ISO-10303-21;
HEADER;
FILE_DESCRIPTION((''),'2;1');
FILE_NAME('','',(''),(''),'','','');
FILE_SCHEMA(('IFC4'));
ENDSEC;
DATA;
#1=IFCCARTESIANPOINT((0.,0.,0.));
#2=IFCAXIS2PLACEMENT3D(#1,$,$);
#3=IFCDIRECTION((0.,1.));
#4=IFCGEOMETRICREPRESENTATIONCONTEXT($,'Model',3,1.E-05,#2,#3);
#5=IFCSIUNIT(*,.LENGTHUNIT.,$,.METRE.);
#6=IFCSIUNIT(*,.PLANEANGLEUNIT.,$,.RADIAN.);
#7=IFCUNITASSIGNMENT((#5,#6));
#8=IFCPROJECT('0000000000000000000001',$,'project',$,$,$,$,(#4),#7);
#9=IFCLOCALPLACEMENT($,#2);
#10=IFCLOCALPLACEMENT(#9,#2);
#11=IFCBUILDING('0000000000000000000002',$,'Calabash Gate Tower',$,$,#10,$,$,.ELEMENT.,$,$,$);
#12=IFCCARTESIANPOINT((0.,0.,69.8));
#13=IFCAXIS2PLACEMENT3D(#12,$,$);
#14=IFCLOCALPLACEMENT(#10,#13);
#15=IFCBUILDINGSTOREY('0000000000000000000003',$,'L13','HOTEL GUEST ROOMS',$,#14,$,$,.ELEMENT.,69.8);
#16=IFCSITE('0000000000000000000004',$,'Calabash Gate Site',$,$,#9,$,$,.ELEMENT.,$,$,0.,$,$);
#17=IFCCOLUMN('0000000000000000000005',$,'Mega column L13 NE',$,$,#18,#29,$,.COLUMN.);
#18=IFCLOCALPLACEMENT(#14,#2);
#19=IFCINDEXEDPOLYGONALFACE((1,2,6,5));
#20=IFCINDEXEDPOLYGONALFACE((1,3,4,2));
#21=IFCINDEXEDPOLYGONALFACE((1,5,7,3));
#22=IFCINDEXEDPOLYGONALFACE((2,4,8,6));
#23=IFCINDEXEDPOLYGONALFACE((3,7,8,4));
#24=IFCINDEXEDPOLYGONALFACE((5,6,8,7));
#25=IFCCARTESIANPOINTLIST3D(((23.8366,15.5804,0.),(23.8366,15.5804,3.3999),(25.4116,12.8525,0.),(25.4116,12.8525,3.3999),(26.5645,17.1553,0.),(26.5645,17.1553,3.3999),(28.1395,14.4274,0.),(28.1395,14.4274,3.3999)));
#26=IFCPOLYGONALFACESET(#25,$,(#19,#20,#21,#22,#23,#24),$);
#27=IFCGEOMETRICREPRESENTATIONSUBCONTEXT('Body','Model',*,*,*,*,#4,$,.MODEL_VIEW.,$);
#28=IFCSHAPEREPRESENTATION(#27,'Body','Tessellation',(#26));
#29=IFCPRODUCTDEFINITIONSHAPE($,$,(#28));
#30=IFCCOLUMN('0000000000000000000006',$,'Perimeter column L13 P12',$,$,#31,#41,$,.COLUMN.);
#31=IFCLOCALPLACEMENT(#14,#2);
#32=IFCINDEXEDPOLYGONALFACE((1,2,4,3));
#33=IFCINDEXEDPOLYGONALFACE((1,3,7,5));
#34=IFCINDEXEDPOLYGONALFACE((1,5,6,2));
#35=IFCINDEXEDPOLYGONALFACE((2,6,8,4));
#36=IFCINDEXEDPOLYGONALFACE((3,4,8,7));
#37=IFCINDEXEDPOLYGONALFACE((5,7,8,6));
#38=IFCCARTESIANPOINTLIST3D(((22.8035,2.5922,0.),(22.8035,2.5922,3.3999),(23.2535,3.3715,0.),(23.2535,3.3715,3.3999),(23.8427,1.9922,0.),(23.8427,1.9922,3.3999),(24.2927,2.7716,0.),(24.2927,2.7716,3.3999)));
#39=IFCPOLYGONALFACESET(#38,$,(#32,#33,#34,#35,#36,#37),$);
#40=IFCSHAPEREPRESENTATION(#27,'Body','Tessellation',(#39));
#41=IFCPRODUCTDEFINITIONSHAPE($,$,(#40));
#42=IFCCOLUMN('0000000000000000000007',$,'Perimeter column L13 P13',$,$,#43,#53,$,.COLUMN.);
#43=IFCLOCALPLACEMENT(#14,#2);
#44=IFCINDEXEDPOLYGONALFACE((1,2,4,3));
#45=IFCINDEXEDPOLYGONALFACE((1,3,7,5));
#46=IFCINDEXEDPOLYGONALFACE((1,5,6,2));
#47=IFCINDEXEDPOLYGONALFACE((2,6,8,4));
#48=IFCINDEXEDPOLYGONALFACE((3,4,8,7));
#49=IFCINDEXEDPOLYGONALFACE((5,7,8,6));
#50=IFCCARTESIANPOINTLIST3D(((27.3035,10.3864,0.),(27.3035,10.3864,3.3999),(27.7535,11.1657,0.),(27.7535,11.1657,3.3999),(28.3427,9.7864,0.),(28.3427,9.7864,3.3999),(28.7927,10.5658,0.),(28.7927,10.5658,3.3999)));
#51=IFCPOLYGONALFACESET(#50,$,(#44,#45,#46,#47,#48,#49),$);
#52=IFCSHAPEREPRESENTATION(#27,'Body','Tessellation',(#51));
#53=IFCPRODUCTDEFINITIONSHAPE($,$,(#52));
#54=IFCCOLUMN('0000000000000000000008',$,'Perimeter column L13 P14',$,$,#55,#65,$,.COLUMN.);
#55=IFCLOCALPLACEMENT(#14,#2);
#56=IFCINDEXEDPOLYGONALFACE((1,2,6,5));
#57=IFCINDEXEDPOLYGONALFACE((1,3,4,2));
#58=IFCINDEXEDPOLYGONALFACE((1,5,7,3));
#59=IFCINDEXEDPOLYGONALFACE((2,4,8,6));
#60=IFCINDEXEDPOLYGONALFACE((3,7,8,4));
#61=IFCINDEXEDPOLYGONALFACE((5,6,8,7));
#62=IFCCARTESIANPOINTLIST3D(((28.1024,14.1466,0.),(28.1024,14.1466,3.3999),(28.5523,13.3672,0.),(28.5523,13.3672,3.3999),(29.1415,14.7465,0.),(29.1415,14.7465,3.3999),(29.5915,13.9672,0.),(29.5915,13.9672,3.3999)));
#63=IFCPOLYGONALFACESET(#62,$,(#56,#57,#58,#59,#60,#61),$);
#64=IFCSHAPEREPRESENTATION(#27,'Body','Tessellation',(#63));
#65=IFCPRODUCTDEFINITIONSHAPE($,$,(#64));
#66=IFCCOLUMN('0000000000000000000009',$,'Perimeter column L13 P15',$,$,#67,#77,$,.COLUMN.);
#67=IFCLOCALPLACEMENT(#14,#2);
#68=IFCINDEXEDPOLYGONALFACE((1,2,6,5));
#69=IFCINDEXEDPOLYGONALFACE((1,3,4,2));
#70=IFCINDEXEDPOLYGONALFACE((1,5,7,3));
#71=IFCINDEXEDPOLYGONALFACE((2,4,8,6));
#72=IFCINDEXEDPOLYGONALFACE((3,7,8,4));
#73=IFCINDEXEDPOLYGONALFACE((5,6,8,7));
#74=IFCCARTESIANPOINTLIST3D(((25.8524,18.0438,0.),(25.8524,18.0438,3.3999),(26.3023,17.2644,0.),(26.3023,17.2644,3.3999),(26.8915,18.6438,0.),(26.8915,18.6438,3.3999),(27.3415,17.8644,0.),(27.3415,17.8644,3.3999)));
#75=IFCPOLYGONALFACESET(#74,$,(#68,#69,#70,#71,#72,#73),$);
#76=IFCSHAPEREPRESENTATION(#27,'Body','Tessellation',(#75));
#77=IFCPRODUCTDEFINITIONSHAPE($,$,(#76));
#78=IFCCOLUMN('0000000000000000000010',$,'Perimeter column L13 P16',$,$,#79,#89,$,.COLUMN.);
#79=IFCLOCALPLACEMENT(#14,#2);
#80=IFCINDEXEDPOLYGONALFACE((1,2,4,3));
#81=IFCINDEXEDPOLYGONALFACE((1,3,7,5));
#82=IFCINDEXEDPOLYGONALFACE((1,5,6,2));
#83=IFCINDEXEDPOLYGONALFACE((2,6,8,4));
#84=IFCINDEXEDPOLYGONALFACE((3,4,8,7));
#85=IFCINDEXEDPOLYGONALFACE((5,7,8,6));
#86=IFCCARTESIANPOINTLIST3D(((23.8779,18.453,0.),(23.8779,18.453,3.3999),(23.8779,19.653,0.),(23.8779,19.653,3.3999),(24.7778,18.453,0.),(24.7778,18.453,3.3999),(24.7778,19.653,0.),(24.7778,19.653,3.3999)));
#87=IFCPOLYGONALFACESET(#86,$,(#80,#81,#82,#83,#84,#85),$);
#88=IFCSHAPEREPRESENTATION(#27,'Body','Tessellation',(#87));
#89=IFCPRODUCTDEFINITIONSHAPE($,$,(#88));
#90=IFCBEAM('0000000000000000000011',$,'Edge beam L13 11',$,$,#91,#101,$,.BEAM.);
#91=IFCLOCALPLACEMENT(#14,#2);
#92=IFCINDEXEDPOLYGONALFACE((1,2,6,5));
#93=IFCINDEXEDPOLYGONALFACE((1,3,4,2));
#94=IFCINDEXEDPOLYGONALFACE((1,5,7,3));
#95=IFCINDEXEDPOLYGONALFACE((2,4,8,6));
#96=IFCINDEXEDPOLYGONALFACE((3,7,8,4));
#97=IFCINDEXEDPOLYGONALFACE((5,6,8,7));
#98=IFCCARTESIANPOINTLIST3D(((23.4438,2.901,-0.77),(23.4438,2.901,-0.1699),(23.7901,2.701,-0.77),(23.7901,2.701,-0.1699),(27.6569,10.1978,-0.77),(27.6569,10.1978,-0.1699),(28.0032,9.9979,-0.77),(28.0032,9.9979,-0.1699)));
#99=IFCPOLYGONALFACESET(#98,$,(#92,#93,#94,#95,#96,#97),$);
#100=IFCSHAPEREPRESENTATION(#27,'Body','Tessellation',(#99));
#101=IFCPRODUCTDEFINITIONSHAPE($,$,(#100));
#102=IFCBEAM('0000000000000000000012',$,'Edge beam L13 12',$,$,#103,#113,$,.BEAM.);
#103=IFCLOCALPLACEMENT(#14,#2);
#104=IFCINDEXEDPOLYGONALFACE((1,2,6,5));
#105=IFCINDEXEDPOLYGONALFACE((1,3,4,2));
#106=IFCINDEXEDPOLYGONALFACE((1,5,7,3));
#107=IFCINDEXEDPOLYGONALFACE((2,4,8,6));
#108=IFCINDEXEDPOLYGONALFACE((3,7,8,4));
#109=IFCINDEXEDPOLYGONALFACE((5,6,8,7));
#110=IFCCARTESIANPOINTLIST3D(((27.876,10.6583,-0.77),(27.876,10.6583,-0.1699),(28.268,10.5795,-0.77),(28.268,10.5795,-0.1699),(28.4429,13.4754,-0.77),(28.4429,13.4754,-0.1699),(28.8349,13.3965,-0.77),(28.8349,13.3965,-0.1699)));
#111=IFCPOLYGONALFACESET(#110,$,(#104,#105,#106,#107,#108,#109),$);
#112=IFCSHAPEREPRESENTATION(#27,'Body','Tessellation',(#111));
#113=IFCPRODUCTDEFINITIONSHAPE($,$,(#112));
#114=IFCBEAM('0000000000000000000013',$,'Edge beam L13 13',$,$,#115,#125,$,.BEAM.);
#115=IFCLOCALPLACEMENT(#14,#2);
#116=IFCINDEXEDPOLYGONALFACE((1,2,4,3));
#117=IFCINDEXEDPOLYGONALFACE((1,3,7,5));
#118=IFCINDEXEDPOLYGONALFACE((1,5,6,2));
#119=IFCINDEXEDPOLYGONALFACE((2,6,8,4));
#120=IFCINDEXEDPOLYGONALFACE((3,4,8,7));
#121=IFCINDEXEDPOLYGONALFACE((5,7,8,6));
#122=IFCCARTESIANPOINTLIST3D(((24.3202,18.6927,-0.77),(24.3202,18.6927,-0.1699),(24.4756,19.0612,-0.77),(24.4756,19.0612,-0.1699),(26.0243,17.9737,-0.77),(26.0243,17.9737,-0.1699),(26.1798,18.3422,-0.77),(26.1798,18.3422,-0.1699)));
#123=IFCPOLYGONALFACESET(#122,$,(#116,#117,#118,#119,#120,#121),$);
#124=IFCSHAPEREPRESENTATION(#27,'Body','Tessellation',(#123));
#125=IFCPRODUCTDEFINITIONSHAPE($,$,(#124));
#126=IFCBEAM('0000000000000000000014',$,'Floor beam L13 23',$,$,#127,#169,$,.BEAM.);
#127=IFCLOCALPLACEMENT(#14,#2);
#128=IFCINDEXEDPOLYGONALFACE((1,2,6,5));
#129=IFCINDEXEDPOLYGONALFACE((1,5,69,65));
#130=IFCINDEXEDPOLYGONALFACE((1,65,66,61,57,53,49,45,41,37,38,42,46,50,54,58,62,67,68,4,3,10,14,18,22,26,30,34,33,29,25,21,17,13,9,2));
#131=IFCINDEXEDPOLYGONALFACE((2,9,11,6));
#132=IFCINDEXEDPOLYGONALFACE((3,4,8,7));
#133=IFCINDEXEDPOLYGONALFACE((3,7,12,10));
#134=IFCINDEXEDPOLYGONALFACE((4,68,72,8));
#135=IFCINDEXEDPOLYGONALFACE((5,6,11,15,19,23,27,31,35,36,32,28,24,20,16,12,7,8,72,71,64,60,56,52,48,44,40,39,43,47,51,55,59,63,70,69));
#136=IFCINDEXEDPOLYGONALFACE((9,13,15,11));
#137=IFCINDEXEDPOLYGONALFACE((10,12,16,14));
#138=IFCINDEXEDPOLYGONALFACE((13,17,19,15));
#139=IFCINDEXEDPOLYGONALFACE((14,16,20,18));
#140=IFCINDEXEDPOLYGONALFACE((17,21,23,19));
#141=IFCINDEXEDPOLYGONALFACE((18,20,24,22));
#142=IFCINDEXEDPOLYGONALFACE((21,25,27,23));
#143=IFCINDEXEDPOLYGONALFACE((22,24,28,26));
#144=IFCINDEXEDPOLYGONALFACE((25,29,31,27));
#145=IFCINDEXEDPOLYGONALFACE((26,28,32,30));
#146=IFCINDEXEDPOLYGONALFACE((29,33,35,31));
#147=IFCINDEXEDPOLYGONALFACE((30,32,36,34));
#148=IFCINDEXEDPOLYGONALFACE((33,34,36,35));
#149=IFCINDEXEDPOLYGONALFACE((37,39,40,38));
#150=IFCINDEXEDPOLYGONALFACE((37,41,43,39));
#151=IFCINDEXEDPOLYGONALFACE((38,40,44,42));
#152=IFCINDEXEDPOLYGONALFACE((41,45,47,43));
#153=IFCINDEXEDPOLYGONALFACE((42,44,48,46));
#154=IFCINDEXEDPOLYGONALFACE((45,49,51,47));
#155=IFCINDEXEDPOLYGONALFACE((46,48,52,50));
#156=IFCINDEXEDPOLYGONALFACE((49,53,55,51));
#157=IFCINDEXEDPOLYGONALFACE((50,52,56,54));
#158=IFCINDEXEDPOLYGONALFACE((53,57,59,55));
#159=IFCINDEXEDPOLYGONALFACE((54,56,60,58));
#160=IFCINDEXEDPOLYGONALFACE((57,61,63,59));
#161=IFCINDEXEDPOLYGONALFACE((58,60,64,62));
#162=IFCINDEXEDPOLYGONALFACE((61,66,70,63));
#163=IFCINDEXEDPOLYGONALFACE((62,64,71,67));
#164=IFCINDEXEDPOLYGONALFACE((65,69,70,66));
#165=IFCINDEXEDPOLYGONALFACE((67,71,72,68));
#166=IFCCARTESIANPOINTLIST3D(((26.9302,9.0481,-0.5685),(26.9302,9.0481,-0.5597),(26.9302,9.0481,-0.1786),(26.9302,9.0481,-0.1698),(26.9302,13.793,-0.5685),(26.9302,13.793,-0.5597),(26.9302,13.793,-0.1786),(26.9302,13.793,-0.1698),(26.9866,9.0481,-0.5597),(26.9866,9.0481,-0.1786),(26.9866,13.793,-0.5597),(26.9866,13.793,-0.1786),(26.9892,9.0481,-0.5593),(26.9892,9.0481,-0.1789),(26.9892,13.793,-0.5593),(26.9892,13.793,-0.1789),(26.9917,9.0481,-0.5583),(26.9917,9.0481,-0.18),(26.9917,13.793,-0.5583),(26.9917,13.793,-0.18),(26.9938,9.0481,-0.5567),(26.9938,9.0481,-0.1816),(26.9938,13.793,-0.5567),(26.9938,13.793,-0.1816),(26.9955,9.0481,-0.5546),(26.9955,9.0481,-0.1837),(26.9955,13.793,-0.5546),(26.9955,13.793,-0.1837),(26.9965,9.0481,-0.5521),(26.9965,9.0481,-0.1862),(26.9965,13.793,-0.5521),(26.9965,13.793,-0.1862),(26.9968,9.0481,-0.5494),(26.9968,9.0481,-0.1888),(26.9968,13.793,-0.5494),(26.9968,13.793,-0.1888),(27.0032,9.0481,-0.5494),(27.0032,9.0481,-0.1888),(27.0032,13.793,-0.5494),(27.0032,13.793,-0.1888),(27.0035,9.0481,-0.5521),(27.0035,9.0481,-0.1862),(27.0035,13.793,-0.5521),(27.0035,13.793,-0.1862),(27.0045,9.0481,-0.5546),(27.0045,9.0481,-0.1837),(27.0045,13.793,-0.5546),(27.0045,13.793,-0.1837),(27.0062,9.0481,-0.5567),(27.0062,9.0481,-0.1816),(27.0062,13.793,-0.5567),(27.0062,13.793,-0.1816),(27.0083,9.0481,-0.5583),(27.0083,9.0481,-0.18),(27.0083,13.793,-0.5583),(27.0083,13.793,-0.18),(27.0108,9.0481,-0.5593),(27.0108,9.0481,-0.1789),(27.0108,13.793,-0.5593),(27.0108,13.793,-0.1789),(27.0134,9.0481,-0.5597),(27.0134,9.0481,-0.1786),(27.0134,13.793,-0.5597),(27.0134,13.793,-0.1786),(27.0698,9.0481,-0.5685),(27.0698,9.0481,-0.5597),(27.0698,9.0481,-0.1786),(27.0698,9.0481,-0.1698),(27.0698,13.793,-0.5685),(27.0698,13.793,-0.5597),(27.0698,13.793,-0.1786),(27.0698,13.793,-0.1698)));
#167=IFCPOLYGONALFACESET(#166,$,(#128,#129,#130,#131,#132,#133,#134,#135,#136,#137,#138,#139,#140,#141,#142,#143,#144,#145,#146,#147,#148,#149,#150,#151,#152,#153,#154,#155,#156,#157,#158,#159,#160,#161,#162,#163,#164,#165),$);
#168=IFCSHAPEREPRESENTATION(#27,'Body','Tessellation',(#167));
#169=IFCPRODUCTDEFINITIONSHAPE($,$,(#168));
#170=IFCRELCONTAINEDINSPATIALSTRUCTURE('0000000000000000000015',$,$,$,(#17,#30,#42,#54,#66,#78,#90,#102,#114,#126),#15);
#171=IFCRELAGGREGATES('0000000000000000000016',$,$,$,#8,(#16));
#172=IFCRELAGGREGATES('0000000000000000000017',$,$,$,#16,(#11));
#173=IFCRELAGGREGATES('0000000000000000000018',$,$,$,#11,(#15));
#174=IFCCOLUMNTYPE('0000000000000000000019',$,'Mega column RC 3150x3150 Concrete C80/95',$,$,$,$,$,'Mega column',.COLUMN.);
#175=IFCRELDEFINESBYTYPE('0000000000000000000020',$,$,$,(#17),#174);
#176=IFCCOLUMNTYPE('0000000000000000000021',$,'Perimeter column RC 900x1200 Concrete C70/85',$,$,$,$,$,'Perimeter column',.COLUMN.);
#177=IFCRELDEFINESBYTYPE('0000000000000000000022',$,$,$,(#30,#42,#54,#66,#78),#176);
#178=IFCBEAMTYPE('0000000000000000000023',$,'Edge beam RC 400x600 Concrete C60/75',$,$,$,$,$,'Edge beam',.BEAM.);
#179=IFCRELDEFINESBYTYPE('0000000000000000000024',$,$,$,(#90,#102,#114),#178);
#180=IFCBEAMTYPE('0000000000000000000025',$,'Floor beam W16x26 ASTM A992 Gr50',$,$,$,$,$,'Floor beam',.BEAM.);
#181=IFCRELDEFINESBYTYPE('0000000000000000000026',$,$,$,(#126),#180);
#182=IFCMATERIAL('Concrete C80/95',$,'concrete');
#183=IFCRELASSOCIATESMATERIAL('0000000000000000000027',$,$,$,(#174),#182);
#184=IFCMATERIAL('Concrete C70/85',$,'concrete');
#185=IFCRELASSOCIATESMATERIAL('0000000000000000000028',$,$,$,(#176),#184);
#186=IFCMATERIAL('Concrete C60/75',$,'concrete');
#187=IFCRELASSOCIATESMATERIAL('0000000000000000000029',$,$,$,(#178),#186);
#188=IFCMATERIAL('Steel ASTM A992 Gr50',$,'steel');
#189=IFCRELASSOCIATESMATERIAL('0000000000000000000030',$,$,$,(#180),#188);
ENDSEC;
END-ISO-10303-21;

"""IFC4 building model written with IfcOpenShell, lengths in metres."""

from ifc_helpers import new_model, si_unit, direction, frame, origin, origin_2d, place, context, subcontext, project, spatial, rectangle, i_section, extrude, material, material_profile, profile_set, type_object, element, save


model = new_model("IFC4")

# Units and contexts
model_context = context("Model", 3, precision=1e-05, world=origin(), true_north=direction((0.0, 1.0)))
body_context = subcontext(model_context, "Body", "Model", "MODEL_VIEW")
ifc_project = project(units=[si_unit("LENGTHUNIT", "METRE"), si_unit("PLANEANGLEUNIT", "RADIAN")], contexts=[model_context])

# Site, building, storey
site_placement = place(None, origin())
site = spatial("IfcSite", under=ifc_project, at=site_placement, Name="Calabash Gate Site", CompositionType="ELEMENT", RefElevation=0.0)
building_placement = place(site_placement, origin())
building = spatial("IfcBuilding", under=site, at=building_placement, Name="Calabash Gate Tower", CompositionType="ELEMENT")
storey_placement = place(building_placement, frame((0.0, 0.0, 69.8)))
storey = spatial("IfcBuildingStorey", under=building, at=storey_placement, Name="L13", Description="HOTEL GUEST ROOMS", CompositionType="ELEMENT", Elevation=69.8)

# Columns
ifc_material_1 = material(Name="Concrete C80/95", Category="concrete")
ifc_material_profile_1 = material_profile(ifc_material_1, rectangle(XDim=3.1499, YDim=3.1499, at=origin_2d()))
ifc_profile_set_1 = profile_set([ifc_material_profile_1], Name="Concrete C80/95")
column_type_1 = type_object("IfcColumnType", Name="Mega column RC 3150x3150 Concrete C80/95", ElementType="Mega column", PredefinedType="COLUMN", material=ifc_profile_set_1)
column_placement = place(storey_placement, frame((25.988, 15.0039, 0.0), z_axis=(0.0, 0.0, 1.0), x_axis=(-0.866025, -0.5, 0.0)))
element("IfcColumn", 1, at=column_placement, inside=storey, type_object=column_type_1, Name="Mega column L13 NE", PredefinedType="COLUMN", context=body_context, shape_type="SweptSolid", body=[
    extrude(rectangle(XDim=3.1499, YDim=3.1499, at=origin_2d()), origin(), (0.0, 0.0, 1.0), 3.3999),
])
ifc_material_2 = material(Name="Concrete C70/85", Category="concrete")
ifc_material_profile_2 = material_profile(ifc_material_2, rectangle(XDim=0.8999, YDim=1.2, at=origin_2d()))
ifc_profile_set_2 = profile_set([ifc_material_profile_2], Name="Concrete C70/85")
column_type_2 = type_object("IfcColumnType", Name="Perimeter column RC 900x1200 Concrete C70/85", ElementType="Perimeter column", PredefinedType="COLUMN", material=ifc_profile_set_2)
for number, where, z_axis, x_axis, name in (
    (2, (23.5481, 2.6819, 0.0), (0.0, 0.0, 1.0), (0.5, 0.866025, 0.0), "Perimeter column L13 P12"),
    (3, (28.0481, 10.4761, 0.0), (0.0, 0.0, 1.0), (0.5, 0.866025, 0.0), "Perimeter column L13 P13"),
    (4, (28.8469, 14.0569, 0.0), (0.0, 0.0, 1.0), (-0.5, 0.866025, 0.0), "Perimeter column L13 P14"),
    (5, (26.5969, 17.9541, 0.0), (0.0, 0.0, 1.0), (-0.5, 0.866025, 0.0), "Perimeter column L13 P15"),
    (6, (24.3279, 19.053, 0.0), (0.0, 0.0, 1.0), (-1.0, 0.0, 0.0), "Perimeter column L13 P16"),
):
    element("IfcColumn", number, at=place(storey_placement, frame(where, z_axis=z_axis, x_axis=x_axis)), inside=storey, type_object=column_type_2, Name=name, PredefinedType="COLUMN", context=body_context, shape_type="SweptSolid", body=[
        extrude(rectangle(XDim=0.8999, YDim=1.2, at=origin_2d()), origin(), (0.0, 0.0, 1.0), 3.3999),
    ])

# Beams
ifc_material_3 = material(Name="Concrete C60/75", Category="concrete")
ifc_material_profile_3 = material_profile(ifc_material_3, rectangle(XDim=0.3999, YDim=0.6001, at=origin_2d()))
ifc_profile_set_3 = profile_set([ifc_material_profile_3], Name="Concrete C60/75")
beam_type_1 = type_object("IfcBeamType", Name="Edge beam RC 400x600 Concrete C60/75", ElementType="Edge beam", PredefinedType="BEAM", material=ifc_profile_set_3)
beam_1_placement = place(storey_placement, frame((23.6169, 2.801, -0.47), z_axis=(0.500025, 0.866011, 0.0), x_axis=(-0.866011, 0.500025, 0.0)))
element("IfcBeam", 7, at=beam_1_placement, inside=storey, type_object=beam_type_1, Name="Edge beam L13 11", PredefinedType="BEAM", context=body_context, shape_type="SweptSolid", body=[
    extrude(rectangle(XDim=0.3999, YDim=0.6001, at=origin_2d()), origin(), (0.0, 0.0, 1.0), 8.4258),
])
beam_2_placement = place(storey_placement, frame((28.072, 10.6189, -0.47), z_axis=(0.197276, 0.980348, 0.0), x_axis=(-0.980348, 0.197276, 0.0)))
element("IfcBeam", 8, at=beam_2_placement, inside=storey, type_object=beam_type_1, Name="Edge beam L13 12", PredefinedType="BEAM", context=body_context, shape_type="SweptSolid", body=[
    extrude(rectangle(XDim=0.3999, YDim=0.6001, at=origin_2d()), origin(), (0.0, 0.0, 1.0), 2.8735),
])
beam_3_placement = place(storey_placement, frame((26.1021, 18.158, -0.47), z_axis=(-0.921349, 0.388736, 0.0), x_axis=(-0.388736, -0.921349, 0.0)))
element("IfcBeam", 9, at=beam_3_placement, inside=storey, type_object=beam_type_1, Name="Edge beam L13 13", PredefinedType="BEAM", context=body_context, shape_type="SweptSolid", body=[
    extrude(rectangle(XDim=0.3999, YDim=0.6001, at=origin_2d()), origin(), (0.0, 0.0, 1.0), 1.8496),
])
ifc_material_4 = material(Name="Steel ASTM A992 Gr50", Category="steel")
ifc_material_profile_4 = material_profile(ifc_material_4, i_section(OverallWidth=0.1396, OverallDepth=0.3987, WebThickness=0.0063, FlangeThickness=0.0088, FilletRadius=0.0103, at=origin_2d()))
ifc_profile_set_4 = profile_set([ifc_material_profile_4], Name="Steel ASTM A992 Gr50")
beam_type_2 = type_object("IfcBeamType", Name="Floor beam W16x26 ASTM A992 Gr50", ElementType="Floor beam", PredefinedType="BEAM", material=ifc_profile_set_4)
beam_4_placement = place(storey_placement, frame((27.0, 9.0481, -0.3691), z_axis=(0.0, 1.0, 0.0), x_axis=(-1.0, 0.0, 0.0)))
element("IfcBeam", 10, at=beam_4_placement, inside=storey, type_object=beam_type_2, Name="Floor beam L13 23", PredefinedType="BEAM", context=body_context, shape_type="SweptSolid", body=[
    extrude(i_section(OverallWidth=0.1396, OverallDepth=0.3987, WebThickness=0.0063, FlangeThickness=0.0088, FilletRadius=0.0103, at=origin_2d()), origin(), (0.0, 0.0, 1.0), 4.7449),
])

save(model, "model.ifc")
